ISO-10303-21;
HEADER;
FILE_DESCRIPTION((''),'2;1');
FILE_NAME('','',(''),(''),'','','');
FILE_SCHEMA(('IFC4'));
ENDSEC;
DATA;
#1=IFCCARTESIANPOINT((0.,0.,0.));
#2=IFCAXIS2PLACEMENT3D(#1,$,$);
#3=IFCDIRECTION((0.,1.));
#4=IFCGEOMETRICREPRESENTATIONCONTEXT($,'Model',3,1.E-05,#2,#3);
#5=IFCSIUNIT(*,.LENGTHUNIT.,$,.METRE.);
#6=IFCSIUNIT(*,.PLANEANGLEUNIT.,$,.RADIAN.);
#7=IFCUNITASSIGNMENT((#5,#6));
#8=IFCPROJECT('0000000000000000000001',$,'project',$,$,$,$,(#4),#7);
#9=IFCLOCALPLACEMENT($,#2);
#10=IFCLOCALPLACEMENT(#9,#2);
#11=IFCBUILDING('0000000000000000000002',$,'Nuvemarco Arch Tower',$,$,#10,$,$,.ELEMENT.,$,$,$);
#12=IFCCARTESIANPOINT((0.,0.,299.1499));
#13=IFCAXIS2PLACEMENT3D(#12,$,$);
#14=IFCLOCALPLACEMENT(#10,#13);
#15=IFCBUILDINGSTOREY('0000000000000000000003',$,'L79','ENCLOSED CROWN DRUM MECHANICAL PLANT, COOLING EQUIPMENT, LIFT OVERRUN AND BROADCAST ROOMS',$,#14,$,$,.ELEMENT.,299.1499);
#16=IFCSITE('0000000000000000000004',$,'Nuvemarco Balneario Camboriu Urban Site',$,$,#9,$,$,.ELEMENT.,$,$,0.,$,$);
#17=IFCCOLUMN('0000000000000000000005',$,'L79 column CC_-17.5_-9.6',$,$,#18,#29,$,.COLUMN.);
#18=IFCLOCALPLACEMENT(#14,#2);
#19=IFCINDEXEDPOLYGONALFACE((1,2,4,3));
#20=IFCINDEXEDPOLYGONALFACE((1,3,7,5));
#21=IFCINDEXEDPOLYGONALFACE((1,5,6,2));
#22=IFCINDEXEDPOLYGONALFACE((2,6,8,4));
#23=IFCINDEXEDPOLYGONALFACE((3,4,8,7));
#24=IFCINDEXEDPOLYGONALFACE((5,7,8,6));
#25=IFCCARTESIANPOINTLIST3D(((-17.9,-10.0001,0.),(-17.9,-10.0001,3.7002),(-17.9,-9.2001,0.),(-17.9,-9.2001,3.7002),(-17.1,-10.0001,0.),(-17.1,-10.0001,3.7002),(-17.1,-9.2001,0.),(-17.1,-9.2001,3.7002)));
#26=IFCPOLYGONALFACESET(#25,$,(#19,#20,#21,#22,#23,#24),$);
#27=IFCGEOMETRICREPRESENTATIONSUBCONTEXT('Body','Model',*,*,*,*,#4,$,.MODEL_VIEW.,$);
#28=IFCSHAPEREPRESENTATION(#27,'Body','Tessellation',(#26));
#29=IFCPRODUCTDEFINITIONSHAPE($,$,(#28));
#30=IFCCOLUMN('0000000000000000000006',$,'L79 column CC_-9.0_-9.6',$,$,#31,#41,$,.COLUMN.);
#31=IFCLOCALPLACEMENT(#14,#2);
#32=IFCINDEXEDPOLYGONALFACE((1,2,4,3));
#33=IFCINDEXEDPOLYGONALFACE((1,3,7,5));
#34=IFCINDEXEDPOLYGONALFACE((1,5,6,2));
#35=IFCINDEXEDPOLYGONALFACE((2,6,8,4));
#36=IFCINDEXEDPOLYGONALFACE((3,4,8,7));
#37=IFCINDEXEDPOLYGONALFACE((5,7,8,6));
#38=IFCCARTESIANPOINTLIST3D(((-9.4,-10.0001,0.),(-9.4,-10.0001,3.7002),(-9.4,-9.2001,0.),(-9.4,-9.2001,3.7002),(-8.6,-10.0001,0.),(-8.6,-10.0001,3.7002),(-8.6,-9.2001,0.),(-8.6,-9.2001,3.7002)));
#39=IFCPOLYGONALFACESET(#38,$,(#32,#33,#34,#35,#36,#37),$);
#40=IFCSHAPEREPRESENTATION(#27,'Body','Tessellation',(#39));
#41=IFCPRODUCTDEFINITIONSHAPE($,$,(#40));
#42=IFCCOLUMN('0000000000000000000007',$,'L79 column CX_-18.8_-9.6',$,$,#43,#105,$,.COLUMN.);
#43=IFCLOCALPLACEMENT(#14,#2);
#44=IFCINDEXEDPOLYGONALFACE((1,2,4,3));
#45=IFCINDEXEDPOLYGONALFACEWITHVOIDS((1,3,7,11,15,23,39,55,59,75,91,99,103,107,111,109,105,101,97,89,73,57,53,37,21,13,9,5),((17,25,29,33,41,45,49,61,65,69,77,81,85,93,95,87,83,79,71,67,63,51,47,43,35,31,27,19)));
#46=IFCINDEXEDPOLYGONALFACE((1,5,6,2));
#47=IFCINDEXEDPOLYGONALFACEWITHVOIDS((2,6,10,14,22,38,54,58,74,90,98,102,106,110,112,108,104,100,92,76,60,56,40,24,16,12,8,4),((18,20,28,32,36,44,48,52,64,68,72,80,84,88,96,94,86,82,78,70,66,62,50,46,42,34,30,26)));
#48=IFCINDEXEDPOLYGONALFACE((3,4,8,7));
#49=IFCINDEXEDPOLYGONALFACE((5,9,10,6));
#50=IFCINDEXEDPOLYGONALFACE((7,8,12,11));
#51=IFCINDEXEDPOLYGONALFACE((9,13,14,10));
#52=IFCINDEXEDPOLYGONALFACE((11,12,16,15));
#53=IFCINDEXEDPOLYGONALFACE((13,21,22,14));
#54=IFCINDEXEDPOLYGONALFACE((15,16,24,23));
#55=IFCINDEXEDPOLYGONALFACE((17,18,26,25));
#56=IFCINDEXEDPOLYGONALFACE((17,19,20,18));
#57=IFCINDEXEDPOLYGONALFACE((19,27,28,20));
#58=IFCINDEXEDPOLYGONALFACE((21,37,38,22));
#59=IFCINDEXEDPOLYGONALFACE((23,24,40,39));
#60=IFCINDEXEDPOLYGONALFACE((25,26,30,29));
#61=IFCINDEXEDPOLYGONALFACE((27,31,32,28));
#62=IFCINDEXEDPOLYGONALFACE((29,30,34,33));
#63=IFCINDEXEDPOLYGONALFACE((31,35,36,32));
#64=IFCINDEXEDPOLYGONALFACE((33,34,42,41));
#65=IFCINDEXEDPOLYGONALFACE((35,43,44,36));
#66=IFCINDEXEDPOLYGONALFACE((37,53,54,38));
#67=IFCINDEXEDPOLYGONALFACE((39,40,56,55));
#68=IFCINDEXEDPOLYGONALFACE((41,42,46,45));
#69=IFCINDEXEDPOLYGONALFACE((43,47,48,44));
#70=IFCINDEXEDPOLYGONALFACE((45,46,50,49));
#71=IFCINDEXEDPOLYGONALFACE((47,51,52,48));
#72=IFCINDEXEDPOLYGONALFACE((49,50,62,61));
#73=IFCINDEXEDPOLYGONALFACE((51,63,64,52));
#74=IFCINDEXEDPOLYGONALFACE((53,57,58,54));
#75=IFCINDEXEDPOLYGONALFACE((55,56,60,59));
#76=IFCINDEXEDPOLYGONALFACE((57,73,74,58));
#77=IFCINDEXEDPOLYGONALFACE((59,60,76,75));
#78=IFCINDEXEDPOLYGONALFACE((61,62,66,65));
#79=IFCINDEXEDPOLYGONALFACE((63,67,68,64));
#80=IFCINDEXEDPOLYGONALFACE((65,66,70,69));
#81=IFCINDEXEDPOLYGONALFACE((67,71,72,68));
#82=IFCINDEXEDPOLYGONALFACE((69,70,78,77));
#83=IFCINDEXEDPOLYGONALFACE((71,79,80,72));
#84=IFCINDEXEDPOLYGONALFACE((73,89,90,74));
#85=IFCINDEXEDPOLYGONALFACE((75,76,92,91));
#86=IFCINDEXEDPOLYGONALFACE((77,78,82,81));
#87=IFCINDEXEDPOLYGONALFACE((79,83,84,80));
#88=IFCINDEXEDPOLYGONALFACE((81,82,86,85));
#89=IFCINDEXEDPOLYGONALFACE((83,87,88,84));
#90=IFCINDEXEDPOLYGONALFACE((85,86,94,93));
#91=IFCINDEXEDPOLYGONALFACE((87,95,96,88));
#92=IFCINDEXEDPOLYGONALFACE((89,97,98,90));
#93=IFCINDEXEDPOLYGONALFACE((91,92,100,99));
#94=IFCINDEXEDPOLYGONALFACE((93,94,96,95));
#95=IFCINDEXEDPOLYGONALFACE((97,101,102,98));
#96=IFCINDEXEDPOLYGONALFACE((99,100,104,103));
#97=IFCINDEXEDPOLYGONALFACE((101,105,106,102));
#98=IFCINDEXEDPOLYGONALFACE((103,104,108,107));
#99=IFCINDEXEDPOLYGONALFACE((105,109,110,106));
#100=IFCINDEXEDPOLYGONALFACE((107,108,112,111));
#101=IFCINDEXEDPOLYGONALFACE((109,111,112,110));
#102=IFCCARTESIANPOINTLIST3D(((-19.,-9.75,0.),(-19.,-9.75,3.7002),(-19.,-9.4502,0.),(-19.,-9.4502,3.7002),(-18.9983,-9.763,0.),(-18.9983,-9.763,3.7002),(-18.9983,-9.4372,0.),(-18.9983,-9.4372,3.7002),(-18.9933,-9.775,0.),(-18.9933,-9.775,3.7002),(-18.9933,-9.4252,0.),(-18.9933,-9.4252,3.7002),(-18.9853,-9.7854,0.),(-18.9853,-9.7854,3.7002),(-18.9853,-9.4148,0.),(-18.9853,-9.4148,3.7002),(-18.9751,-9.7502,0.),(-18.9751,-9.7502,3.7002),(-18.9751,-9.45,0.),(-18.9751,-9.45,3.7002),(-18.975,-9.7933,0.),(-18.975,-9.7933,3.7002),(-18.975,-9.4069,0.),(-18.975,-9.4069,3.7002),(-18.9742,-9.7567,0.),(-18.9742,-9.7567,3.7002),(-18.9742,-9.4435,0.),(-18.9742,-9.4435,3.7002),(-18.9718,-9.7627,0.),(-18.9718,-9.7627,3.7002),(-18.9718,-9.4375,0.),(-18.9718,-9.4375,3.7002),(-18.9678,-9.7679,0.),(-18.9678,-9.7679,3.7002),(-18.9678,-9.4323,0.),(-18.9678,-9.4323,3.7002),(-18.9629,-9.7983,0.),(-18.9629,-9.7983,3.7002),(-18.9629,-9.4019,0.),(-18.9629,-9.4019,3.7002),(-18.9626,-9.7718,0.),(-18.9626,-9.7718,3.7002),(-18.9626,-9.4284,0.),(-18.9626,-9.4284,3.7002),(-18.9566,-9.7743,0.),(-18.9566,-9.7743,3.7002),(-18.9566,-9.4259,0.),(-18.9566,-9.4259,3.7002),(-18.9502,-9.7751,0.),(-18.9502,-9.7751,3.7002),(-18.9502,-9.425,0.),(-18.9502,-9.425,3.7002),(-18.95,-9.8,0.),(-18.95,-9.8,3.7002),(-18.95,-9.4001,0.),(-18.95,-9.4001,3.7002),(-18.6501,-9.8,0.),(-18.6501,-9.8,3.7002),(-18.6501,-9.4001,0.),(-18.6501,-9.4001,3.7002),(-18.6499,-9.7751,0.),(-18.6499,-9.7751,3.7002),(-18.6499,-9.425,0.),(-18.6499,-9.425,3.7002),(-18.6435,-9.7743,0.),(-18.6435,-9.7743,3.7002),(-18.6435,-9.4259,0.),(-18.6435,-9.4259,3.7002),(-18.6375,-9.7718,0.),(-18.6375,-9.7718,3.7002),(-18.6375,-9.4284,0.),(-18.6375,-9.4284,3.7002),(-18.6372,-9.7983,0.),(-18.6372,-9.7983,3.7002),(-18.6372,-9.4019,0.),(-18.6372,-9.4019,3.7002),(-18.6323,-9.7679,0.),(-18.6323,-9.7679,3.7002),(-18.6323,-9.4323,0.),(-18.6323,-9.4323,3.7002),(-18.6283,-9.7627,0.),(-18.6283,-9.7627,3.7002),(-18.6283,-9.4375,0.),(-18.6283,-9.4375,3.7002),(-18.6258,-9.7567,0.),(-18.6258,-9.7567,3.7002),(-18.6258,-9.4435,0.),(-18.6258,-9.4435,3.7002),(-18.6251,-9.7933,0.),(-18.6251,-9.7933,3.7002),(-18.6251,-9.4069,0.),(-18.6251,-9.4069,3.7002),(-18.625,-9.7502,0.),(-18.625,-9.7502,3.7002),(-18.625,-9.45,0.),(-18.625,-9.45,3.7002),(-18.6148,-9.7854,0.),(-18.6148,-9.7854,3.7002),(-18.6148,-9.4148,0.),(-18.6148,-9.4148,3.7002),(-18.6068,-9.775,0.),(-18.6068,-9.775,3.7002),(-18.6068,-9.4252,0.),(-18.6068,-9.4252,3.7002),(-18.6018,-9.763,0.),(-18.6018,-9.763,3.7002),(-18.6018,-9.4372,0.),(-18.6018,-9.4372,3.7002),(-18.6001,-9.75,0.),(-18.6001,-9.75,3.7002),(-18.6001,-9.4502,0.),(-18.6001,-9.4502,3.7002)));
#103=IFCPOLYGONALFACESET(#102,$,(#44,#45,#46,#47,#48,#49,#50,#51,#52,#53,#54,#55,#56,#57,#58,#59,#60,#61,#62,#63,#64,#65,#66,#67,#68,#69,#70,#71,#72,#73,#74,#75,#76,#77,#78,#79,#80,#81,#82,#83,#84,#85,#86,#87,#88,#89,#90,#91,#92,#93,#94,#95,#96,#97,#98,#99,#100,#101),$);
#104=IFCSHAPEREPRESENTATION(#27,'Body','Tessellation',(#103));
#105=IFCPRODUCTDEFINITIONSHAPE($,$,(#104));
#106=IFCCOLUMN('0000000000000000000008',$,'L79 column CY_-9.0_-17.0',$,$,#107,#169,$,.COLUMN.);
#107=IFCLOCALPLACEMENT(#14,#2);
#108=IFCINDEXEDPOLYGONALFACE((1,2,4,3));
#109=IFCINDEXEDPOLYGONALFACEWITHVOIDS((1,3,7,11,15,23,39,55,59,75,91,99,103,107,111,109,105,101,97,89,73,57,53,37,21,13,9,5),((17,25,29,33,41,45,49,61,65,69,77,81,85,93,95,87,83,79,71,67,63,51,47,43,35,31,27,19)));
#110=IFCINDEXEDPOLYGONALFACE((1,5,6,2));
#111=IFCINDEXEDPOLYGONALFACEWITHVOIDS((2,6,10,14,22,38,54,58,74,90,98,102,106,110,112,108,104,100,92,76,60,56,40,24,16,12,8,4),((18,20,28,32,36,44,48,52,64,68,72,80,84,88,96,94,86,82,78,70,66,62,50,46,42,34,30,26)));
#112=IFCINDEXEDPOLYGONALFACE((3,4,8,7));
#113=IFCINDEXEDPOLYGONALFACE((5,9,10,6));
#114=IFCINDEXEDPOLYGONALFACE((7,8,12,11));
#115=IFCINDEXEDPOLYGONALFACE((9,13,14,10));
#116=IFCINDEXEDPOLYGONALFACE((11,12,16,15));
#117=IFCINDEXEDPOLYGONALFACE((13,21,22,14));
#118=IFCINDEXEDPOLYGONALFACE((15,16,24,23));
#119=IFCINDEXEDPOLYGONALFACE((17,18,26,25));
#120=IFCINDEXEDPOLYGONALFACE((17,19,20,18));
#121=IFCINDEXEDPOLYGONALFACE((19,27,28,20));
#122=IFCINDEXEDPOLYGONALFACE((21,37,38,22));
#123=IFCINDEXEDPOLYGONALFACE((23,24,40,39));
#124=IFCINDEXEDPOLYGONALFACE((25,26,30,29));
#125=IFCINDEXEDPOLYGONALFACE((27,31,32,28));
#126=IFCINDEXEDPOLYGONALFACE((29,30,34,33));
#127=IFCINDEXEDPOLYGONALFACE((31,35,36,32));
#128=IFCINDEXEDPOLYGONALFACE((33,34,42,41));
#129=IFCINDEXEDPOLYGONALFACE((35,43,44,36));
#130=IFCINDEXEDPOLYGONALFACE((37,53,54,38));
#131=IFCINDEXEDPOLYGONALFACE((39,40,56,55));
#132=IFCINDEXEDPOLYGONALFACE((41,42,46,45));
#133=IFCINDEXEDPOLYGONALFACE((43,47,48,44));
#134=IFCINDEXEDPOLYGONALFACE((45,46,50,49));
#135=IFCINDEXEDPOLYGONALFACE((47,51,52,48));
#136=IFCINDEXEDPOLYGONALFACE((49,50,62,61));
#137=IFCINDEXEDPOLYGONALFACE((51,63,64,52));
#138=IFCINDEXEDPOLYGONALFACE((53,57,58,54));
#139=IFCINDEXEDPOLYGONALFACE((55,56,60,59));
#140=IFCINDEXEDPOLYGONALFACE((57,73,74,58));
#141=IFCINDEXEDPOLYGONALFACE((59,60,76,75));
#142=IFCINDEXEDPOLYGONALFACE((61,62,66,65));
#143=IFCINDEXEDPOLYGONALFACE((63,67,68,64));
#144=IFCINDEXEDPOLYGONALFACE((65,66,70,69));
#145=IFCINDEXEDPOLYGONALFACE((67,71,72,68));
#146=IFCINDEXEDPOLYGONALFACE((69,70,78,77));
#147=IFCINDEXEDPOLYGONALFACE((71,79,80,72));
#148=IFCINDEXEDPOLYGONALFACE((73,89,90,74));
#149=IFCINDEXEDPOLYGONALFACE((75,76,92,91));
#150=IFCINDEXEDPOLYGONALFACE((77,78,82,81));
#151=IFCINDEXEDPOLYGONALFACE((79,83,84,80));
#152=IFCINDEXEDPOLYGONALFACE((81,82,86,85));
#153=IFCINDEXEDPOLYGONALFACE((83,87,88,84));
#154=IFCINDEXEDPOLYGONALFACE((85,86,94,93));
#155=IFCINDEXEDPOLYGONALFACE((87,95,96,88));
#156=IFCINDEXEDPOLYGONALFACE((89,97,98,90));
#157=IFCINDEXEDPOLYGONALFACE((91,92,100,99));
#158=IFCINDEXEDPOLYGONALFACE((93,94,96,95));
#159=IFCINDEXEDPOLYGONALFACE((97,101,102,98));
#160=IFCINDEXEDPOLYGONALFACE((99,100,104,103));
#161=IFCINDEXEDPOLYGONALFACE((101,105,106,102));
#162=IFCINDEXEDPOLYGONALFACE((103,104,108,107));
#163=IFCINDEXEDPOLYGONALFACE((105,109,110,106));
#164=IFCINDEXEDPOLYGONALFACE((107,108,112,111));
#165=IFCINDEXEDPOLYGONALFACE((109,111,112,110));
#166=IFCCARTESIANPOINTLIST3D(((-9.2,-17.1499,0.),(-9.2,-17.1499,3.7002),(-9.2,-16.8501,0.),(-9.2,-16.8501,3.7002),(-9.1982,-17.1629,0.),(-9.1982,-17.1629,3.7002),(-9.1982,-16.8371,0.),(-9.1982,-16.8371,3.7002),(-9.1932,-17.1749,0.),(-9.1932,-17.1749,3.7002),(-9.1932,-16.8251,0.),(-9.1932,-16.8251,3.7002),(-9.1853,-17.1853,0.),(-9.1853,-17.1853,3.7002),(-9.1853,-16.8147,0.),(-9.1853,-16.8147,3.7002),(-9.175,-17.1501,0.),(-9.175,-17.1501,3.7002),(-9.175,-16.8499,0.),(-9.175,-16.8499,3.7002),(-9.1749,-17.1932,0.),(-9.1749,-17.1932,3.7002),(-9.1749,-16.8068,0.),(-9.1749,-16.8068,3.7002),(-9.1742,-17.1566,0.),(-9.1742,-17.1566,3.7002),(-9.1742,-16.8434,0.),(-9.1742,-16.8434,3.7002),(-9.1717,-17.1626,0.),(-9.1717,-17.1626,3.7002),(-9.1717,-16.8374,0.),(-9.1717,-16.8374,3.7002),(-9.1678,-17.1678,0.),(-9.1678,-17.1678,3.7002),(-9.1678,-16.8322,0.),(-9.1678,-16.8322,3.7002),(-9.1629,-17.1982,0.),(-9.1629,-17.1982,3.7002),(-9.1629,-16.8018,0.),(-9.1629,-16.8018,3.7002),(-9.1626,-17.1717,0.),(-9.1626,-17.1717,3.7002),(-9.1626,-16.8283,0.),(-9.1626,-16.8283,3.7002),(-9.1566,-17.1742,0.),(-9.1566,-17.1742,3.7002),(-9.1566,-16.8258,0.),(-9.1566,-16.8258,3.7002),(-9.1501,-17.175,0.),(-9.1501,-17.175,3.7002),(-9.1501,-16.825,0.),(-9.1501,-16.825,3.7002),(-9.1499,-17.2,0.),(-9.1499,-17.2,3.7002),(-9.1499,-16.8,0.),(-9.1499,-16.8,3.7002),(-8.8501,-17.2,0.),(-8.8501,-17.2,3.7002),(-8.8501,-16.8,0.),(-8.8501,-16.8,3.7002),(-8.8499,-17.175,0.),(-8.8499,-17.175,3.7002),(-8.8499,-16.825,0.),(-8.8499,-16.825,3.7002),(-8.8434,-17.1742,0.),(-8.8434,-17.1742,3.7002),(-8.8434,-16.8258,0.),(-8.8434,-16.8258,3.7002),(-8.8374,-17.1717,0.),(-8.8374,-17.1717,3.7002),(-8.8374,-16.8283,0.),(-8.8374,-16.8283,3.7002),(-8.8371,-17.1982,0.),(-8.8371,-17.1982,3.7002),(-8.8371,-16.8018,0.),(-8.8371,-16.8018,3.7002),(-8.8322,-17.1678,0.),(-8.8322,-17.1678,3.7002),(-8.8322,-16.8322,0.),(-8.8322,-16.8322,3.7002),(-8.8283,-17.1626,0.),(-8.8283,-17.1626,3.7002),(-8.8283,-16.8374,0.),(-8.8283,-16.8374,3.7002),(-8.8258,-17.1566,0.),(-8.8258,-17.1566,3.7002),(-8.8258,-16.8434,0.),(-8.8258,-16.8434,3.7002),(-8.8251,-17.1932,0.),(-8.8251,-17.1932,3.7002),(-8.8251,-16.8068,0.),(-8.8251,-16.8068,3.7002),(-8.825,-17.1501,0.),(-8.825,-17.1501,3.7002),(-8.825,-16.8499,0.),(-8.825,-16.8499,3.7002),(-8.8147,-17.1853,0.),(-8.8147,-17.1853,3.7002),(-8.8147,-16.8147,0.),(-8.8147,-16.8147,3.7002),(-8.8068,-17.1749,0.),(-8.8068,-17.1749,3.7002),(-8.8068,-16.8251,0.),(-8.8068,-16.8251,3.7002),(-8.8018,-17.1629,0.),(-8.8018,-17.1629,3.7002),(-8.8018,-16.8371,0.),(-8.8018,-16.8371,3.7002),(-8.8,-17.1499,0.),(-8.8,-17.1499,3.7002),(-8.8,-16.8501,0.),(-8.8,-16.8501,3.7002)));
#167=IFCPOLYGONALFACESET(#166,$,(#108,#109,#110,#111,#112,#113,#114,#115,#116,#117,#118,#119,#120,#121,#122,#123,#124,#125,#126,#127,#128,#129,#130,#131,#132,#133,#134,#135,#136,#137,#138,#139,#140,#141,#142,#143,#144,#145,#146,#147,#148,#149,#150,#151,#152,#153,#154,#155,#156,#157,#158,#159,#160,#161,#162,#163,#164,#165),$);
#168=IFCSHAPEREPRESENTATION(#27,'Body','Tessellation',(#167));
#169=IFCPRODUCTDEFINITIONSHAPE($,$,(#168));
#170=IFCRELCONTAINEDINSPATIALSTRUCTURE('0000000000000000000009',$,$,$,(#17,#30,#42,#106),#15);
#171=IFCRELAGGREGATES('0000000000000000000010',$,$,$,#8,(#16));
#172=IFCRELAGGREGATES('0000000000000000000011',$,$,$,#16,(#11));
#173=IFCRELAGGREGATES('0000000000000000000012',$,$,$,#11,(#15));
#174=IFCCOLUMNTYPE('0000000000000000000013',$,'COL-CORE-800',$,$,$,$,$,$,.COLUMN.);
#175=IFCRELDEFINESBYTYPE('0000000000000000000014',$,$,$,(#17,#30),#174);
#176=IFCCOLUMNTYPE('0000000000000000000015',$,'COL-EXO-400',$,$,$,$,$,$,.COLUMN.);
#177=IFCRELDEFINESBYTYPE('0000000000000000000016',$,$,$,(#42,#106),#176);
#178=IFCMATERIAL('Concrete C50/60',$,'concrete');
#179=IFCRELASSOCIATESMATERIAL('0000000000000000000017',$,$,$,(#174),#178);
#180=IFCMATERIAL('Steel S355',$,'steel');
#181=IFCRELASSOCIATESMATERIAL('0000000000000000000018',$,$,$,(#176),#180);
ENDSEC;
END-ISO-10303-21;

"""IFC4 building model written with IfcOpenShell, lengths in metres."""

from ifc_helpers import new_model, si_unit, direction, frame, origin, origin_2d, place, context, subcontext, project, spatial, rectangle, hollow_rectangle, extrude, material, material_profile, profile_set, type_object, element, save


model = new_model("IFC4")

# Units and contexts
model_context = context("Model", 3, precision=1e-05, world=origin(), true_north=direction((0.0, 1.0)))
body_context = subcontext(model_context, "Body", "Model", "MODEL_VIEW")
ifc_project = project(units=[si_unit("LENGTHUNIT", "METRE"), si_unit("PLANEANGLEUNIT", "RADIAN")], contexts=[model_context])

# Site, building, storey
site_placement = place(None, origin())
site = spatial("IfcSite", under=ifc_project, at=site_placement, Name="Nuvemarco Balneario Camboriu Urban Site", CompositionType="ELEMENT", RefElevation=0.0)
building_placement = place(site_placement, origin())
building = spatial("IfcBuilding", under=site, at=building_placement, Name="Nuvemarco Arch Tower", CompositionType="ELEMENT")
storey_placement = place(building_placement, frame((0.0, 0.0, 299.1499)))
storey = spatial("IfcBuildingStorey", under=building, at=storey_placement, Name="L79", Description="ENCLOSED CROWN DRUM MECHANICAL PLANT, COOLING EQUIPMENT, LIFT OVERRUN AND BROADCAST ROOMS", CompositionType="ELEMENT", Elevation=299.1499)

# Columns
ifc_material_1 = material(Name="Concrete C50/60", Category="concrete")
ifc_material_profile_1 = material_profile(ifc_material_1, rectangle(XDim=0.8, YDim=0.8, at=origin_2d()), Name="RC-COL-800x800")
ifc_profile_set_1 = profile_set([ifc_material_profile_1], Name="Concrete C50/60")
column_type_1 = type_object("IfcColumnType", Name="COL-CORE-800", PredefinedType="COLUMN", material=ifc_profile_set_1)
for number, where, z_axis, x_axis, name in (
    (1, (-17.5, -9.6001, 0.0), (0.0, 0.0, 1.0), (1.0, 0.0, 0.0), "L79 column CC_-17.5_-9.6"),
    (2, (-9.0, -9.6001, 0.0), (0.0, 0.0, 1.0), (1.0, 0.0, 0.0), "L79 column CC_-9.0_-9.6"),
):
    element("IfcColumn", number, at=place(storey_placement, frame(where, z_axis=z_axis, x_axis=x_axis)), inside=storey, type_object=column_type_1, Name=name, PredefinedType="COLUMN", context=body_context, shape_type="SweptSolid", body=[
        extrude(rectangle(XDim=0.8, YDim=0.8, at=origin_2d()), origin(), (0.0, 0.0, 1.0), 3.7002),
    ])
ifc_material_2 = material(Name="Steel S355", Category="steel")
ifc_material_profile_2 = material_profile(ifc_material_2, hollow_rectangle(XDim=0.3999, YDim=0.3999, WallThickness=0.0249, InnerFilletRadius=0.0249, OuterFilletRadius=0.05, at=origin_2d()), Name="SHS400x400x25")
ifc_profile_set_2 = profile_set([ifc_material_profile_2], Name="Steel S355")
column_type_2 = type_object("IfcColumnType", Name="COL-EXO-400", PredefinedType="COLUMN", material=ifc_profile_set_2)
for number, where, z_axis, x_axis, name in (
    (3, (-18.8, -9.6001, 0.0), (0.0, 0.0, 1.0), (1.0, 0.0, 0.0), "L79 column CX_-18.8_-9.6"),
    (4, (-9.0, -17.0, 0.0), (0.0, 0.0, 1.0), (1.0, 0.0, 0.0), "L79 column CY_-9.0_-17.0"),
):
    element("IfcColumn", number, at=place(storey_placement, frame(where, z_axis=z_axis, x_axis=x_axis)), inside=storey, type_object=column_type_2, Name=name, PredefinedType="COLUMN", context=body_context, shape_type="SweptSolid", body=[
        extrude(hollow_rectangle(XDim=0.3999, YDim=0.3999, WallThickness=0.0249, InnerFilletRadius=0.0249, OuterFilletRadius=0.05, at=origin_2d()), origin(), (0.0, 0.0, 1.0), 3.7002),
    ])

save(model, "model.ifc")
